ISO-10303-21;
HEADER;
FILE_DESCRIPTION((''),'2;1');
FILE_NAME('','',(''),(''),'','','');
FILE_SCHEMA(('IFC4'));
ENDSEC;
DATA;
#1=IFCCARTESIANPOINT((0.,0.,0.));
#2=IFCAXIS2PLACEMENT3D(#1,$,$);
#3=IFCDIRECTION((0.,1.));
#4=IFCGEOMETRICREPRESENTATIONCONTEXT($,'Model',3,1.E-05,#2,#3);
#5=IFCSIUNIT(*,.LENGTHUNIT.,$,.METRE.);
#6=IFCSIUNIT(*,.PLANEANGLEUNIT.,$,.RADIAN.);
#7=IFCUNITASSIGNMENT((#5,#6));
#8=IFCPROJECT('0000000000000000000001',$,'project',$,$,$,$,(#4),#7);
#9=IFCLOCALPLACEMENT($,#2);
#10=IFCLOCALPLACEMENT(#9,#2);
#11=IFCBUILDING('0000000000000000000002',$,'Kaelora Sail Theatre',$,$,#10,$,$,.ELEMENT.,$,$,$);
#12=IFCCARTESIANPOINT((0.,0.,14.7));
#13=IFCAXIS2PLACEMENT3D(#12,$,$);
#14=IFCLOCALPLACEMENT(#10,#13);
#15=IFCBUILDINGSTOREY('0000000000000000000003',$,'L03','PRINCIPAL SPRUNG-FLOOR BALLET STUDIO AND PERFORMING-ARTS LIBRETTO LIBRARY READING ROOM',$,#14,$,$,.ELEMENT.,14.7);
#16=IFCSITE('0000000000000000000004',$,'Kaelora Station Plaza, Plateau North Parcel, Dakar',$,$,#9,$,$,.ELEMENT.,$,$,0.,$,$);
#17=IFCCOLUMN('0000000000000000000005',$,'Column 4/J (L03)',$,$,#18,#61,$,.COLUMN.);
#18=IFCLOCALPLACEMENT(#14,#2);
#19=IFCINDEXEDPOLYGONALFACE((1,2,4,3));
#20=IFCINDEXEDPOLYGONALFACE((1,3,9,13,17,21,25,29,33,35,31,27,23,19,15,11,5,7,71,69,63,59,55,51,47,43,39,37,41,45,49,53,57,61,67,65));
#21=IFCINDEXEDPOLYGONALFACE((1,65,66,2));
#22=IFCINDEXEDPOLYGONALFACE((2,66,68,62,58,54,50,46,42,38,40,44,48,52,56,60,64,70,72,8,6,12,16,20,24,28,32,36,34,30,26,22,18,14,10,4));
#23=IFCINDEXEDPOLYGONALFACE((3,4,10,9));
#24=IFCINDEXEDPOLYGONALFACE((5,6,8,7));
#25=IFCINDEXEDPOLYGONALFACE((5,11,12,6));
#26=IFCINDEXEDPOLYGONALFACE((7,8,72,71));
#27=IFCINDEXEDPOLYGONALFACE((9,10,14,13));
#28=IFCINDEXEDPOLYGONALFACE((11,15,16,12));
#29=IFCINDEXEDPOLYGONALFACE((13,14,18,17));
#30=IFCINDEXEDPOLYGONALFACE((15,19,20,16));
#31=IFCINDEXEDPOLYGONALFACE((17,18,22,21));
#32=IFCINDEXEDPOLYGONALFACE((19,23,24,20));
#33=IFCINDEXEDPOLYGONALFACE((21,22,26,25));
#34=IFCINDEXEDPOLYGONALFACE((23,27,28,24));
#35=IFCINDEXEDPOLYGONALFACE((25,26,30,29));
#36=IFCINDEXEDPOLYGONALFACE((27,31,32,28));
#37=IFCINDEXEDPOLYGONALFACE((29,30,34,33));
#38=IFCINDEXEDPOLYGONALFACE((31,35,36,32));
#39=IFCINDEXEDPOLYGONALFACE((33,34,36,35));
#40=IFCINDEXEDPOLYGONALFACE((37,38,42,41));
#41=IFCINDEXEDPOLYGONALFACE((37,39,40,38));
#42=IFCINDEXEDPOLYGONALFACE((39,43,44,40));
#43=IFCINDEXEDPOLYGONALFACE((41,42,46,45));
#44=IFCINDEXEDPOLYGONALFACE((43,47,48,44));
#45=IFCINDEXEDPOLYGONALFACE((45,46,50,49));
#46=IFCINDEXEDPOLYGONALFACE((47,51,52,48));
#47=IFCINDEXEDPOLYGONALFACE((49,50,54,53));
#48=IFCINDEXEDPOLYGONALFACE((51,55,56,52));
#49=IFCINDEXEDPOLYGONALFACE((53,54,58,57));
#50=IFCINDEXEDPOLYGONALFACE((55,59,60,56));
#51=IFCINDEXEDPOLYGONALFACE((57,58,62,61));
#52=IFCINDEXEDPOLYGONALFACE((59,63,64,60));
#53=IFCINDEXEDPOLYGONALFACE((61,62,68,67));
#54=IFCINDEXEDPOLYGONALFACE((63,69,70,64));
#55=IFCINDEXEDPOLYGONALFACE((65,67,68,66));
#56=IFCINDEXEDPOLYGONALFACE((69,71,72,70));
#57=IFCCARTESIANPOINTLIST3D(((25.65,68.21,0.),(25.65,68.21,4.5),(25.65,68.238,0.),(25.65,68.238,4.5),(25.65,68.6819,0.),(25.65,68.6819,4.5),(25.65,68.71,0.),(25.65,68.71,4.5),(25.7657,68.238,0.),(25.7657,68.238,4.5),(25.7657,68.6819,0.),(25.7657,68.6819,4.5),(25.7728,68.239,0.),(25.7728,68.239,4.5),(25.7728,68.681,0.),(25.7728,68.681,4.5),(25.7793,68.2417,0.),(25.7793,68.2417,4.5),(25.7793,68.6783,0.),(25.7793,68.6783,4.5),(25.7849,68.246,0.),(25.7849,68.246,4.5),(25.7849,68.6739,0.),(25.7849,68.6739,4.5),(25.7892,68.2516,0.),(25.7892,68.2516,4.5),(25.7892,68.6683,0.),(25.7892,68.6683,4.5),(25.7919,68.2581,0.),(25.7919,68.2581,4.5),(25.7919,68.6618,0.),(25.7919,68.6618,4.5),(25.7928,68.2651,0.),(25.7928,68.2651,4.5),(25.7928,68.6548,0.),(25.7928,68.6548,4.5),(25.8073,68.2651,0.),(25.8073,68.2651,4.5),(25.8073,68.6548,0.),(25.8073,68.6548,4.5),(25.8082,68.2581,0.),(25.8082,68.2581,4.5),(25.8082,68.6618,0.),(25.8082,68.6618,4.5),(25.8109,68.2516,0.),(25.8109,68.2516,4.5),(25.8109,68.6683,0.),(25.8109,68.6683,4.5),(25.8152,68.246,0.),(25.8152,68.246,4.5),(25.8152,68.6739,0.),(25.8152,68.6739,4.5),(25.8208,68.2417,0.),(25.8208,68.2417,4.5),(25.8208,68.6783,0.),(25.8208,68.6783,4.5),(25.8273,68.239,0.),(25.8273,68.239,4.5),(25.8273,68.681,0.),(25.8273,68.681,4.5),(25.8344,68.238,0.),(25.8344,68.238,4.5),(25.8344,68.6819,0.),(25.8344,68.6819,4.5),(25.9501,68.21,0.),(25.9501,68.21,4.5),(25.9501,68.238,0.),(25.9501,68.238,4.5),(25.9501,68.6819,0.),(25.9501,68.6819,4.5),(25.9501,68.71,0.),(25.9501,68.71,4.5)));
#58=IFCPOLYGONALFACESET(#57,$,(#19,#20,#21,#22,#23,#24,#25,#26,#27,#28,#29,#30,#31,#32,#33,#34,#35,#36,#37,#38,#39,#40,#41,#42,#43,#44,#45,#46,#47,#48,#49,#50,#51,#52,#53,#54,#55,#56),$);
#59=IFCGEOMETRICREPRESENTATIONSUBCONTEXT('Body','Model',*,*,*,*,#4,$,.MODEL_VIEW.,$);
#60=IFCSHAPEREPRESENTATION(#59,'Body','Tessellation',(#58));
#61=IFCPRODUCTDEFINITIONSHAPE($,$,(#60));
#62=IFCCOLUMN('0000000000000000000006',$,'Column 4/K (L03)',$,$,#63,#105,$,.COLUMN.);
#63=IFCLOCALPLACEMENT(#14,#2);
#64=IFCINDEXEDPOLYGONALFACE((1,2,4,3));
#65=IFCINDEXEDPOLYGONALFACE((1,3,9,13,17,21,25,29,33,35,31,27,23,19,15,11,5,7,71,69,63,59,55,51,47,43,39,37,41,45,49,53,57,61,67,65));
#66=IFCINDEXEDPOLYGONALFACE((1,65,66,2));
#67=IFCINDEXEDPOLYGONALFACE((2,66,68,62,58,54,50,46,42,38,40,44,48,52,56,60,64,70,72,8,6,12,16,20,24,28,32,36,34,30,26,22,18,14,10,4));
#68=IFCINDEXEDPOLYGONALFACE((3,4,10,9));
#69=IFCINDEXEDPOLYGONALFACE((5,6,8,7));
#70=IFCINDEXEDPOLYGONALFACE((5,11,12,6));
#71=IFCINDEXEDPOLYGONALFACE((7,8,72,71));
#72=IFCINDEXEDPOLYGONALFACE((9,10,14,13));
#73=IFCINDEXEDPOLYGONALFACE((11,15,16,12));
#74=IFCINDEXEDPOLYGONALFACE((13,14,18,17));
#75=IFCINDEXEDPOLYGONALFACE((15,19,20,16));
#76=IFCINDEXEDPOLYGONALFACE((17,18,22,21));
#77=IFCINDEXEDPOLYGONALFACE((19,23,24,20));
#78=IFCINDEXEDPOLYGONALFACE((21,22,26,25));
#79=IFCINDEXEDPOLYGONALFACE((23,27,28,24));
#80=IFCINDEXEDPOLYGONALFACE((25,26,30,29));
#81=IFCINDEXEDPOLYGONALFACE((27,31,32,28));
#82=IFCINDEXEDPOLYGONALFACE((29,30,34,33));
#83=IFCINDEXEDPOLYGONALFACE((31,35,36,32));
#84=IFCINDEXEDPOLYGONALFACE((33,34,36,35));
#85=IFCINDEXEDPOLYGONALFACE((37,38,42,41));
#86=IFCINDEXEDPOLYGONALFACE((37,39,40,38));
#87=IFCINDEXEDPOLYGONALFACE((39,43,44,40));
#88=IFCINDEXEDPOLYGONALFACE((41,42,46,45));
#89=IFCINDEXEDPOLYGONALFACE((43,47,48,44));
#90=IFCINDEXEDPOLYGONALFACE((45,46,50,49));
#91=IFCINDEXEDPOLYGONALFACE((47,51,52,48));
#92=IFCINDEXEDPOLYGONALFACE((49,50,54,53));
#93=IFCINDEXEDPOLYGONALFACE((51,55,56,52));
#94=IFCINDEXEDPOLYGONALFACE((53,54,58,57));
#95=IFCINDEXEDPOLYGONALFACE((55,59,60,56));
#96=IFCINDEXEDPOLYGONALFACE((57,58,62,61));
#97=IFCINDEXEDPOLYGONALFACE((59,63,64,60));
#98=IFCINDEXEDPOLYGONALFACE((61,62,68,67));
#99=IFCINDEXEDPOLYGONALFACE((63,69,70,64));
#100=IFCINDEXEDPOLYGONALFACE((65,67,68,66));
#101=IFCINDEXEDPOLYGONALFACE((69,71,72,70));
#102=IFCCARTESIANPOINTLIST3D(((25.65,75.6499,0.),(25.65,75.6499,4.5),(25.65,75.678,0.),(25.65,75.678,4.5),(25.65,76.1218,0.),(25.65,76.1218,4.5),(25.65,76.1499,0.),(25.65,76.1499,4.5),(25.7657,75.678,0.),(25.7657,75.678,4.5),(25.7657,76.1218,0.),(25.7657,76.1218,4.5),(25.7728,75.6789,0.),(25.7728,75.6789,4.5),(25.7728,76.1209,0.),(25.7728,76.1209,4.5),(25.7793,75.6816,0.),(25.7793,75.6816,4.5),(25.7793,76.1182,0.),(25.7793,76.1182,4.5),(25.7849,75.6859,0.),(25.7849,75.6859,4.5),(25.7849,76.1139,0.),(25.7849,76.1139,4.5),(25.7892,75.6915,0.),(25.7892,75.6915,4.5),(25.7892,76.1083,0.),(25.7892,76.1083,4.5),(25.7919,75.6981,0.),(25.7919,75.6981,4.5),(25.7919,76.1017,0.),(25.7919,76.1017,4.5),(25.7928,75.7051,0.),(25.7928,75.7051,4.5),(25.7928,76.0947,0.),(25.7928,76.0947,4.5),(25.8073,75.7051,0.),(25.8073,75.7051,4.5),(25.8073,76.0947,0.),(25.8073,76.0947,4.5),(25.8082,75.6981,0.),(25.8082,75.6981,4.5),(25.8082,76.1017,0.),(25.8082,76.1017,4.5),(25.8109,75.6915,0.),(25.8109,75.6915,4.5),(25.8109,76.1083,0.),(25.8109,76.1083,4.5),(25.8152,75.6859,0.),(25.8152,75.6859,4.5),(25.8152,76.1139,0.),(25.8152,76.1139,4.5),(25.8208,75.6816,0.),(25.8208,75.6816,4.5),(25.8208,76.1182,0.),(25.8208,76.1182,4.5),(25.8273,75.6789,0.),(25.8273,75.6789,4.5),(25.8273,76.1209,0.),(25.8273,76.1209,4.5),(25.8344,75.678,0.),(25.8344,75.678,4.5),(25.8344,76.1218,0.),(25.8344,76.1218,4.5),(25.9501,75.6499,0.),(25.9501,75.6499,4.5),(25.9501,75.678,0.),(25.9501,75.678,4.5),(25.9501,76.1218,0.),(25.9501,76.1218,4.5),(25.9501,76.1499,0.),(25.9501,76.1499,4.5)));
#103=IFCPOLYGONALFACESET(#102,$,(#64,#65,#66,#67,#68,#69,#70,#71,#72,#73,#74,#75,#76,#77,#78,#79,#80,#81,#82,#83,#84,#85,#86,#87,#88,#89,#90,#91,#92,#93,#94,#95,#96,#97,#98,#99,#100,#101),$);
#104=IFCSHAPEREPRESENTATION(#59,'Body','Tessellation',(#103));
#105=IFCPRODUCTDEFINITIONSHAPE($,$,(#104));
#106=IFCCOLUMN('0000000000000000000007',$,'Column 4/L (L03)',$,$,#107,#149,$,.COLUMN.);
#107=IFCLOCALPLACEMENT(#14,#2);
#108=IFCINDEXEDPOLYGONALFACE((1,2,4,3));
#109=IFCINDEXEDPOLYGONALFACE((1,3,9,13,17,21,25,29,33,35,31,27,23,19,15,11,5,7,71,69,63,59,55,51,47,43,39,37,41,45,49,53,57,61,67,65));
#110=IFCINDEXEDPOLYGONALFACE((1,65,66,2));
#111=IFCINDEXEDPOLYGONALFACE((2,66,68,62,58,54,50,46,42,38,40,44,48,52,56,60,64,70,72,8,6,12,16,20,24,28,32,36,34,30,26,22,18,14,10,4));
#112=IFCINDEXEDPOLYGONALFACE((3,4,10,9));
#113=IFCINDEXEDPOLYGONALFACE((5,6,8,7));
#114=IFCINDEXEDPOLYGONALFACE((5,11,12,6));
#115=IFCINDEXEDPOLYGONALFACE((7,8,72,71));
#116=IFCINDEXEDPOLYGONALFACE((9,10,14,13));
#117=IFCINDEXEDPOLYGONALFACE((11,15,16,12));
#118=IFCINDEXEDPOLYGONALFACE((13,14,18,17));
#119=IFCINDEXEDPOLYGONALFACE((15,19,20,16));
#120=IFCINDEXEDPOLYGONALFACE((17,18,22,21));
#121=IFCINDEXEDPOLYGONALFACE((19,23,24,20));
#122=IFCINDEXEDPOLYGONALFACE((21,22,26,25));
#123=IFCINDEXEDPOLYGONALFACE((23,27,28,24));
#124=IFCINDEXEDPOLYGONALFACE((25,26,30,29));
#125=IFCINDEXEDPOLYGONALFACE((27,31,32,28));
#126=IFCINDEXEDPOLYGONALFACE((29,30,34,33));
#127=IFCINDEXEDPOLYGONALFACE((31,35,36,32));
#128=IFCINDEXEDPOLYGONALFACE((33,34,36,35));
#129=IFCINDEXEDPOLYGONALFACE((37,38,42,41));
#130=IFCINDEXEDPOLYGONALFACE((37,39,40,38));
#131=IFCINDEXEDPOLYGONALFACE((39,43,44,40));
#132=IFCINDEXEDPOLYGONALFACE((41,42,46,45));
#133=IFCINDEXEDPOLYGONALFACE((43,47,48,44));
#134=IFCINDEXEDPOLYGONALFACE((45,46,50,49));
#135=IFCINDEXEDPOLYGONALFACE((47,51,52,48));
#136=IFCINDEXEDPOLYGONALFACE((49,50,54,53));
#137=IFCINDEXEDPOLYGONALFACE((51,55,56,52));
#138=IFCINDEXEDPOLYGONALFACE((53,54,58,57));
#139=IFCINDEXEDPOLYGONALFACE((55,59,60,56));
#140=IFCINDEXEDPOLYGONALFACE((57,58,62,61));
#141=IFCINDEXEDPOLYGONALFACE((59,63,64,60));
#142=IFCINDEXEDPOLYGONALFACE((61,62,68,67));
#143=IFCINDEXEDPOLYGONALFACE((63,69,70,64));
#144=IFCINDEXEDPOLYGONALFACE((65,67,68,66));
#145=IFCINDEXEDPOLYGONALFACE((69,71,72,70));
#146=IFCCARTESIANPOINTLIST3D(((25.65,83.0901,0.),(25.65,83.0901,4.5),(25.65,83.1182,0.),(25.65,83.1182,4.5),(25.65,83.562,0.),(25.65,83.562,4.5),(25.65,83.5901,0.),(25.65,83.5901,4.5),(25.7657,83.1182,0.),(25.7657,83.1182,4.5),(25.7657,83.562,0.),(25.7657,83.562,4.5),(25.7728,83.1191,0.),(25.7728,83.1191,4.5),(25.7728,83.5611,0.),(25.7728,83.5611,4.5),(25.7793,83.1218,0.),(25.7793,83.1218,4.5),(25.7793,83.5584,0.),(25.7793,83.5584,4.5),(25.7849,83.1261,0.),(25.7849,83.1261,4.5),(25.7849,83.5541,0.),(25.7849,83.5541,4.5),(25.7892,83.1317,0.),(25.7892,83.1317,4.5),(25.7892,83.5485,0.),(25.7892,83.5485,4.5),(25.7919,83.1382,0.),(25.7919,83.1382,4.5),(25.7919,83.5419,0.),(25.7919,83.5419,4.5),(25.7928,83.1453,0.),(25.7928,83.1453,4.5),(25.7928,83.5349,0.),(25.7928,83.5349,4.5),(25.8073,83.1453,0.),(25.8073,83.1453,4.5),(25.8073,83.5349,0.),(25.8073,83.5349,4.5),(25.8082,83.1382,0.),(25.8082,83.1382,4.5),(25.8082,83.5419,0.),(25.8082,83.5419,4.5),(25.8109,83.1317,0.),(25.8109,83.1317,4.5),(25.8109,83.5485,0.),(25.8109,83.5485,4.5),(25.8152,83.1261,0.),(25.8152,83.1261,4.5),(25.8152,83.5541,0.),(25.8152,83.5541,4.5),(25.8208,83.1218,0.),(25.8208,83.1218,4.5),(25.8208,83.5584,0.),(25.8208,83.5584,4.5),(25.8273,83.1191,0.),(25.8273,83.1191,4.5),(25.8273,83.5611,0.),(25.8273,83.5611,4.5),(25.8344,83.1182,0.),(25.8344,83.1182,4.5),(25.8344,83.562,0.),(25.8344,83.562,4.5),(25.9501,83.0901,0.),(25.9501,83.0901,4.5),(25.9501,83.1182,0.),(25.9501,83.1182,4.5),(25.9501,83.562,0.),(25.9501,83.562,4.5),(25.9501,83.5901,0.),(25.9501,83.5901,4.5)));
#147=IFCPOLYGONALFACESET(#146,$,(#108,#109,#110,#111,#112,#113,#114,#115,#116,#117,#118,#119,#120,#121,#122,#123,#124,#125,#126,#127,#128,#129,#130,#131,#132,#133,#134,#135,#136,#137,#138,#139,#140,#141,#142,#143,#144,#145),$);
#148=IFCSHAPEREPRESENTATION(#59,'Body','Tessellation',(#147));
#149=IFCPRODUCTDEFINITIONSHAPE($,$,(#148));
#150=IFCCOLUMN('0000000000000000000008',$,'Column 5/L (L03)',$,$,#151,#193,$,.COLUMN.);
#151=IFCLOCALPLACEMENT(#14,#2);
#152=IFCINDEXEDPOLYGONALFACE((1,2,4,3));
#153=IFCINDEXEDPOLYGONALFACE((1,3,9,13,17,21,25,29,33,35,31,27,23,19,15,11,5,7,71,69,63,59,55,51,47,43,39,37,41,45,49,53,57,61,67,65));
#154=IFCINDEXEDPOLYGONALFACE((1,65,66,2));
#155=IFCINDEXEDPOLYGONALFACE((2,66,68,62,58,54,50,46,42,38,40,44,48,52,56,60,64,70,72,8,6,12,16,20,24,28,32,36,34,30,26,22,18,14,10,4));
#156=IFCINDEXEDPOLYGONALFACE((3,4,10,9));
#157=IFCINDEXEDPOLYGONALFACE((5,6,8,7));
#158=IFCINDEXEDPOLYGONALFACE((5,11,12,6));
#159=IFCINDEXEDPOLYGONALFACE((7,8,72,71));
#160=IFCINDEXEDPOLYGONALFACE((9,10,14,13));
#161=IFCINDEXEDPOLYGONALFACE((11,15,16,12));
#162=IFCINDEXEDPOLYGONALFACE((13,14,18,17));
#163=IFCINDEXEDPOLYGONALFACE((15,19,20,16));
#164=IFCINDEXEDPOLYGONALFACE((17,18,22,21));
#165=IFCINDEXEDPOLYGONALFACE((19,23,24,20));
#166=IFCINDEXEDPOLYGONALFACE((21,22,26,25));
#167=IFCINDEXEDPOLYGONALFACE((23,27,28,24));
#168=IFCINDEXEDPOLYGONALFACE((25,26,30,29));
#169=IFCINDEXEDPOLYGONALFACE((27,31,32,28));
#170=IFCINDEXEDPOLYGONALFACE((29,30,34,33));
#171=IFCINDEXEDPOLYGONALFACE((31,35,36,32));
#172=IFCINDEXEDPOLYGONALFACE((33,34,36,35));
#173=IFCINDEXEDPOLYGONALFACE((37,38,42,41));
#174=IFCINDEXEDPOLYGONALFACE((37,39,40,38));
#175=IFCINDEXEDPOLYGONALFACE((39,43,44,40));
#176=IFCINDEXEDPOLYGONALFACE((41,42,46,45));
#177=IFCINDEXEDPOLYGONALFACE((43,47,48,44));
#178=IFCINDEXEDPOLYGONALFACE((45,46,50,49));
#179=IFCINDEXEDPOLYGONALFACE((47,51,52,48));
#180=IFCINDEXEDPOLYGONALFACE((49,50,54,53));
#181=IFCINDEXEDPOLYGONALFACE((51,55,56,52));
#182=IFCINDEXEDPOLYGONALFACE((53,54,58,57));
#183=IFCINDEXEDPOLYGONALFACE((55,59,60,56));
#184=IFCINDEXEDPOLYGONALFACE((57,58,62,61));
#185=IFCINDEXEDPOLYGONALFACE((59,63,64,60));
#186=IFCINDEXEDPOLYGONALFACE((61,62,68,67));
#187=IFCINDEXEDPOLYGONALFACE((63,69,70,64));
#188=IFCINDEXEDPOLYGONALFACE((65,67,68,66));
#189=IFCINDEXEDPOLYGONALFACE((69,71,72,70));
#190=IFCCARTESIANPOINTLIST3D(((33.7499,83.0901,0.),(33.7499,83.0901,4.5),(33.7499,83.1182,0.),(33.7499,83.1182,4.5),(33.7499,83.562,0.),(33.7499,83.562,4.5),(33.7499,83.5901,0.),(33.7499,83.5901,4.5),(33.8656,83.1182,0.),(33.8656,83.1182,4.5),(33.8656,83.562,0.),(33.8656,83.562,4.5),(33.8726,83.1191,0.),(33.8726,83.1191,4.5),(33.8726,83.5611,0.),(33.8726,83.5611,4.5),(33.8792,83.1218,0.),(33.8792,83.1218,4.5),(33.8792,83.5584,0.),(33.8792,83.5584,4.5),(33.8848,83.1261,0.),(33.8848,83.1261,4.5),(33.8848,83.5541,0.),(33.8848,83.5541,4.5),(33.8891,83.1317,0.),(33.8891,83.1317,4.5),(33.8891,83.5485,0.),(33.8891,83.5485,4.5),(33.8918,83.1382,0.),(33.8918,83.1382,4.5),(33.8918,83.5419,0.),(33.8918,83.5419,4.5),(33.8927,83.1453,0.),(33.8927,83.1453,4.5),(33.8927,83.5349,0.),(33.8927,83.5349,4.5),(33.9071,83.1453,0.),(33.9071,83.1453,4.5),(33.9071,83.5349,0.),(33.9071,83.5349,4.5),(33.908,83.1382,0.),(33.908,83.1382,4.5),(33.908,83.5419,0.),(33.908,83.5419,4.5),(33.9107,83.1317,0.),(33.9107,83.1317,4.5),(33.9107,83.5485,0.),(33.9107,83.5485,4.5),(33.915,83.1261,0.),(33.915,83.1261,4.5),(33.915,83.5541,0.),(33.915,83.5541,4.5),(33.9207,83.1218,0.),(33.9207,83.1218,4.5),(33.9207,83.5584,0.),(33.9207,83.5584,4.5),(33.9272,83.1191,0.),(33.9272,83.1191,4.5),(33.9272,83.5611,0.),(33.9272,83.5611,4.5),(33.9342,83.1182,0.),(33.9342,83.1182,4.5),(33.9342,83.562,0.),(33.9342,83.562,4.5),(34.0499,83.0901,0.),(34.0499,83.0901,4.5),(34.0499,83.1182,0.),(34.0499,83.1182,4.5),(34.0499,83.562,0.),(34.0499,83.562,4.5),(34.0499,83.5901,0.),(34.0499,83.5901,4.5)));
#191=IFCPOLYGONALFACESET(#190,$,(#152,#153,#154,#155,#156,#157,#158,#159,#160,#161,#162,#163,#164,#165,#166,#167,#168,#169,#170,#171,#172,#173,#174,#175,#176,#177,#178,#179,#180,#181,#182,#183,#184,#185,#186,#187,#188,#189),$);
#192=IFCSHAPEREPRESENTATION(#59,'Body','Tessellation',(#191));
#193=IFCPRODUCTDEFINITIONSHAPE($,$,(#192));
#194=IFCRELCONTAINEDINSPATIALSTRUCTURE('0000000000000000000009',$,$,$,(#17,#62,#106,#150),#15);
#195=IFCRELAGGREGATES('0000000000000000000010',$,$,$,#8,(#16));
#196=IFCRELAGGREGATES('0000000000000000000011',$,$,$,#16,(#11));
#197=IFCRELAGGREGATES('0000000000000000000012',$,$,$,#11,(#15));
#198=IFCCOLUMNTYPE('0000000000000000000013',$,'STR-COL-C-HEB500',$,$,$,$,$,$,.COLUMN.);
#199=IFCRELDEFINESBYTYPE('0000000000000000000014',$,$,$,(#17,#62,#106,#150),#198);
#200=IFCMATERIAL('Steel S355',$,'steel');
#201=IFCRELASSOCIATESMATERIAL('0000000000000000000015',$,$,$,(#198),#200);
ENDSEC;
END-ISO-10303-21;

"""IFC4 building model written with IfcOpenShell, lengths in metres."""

from ifc_helpers import new_model, si_unit, direction, frame, origin, origin_2d, place, context, subcontext, project, spatial, i_section, extrude, material, material_profile, profile_set, type_object, element, save


model = new_model("IFC4")

# Units and contexts
model_context = context("Model", 3, precision=1e-05, world=origin(), true_north=direction((0.0, 1.0)))
body_context = subcontext(model_context, "Body", "Model", "MODEL_VIEW")
ifc_project = project(units=[si_unit("LENGTHUNIT", "METRE"), si_unit("PLANEANGLEUNIT", "RADIAN")], contexts=[model_context])

# Site, building, storey
site_placement = place(None, origin())
site = spatial("IfcSite", under=ifc_project, at=site_placement, Name="Kaelora Station Plaza, Plateau North Parcel, Dakar", CompositionType="ELEMENT", RefElevation=0.0)
building_placement = place(site_placement, origin())
building = spatial("IfcBuilding", under=site, at=building_placement, Name="Kaelora Sail Theatre", CompositionType="ELEMENT")
storey_placement = place(building_placement, frame((0.0, 0.0, 14.7)))
storey = spatial("IfcBuildingStorey", under=building, at=storey_placement, Name="L03", Description="PRINCIPAL SPRUNG-FLOOR BALLET STUDIO AND PERFORMING-ARTS LIBRETTO LIBRARY READING ROOM", CompositionType="ELEMENT", Elevation=14.7)

# Columns
ifc_material_1 = material(Name="Steel S355", Category="steel")
ifc_material_profile_1 = material_profile(ifc_material_1, i_section(OverallWidth=0.3, OverallDepth=0.5, WebThickness=0.0144, FlangeThickness=0.0281, FilletRadius=0.0271, at=origin_2d()), Name="HEB 500")
ifc_profile_set_1 = profile_set([ifc_material_profile_1], Name="Steel S355")
column_type = type_object("IfcColumnType", Name="STR-COL-C-HEB500", PredefinedType="COLUMN", material=ifc_profile_set_1)
for number, where, z_axis, x_axis, name in (
    (1, (25.8, 68.46, 0.0), (0.0, 0.0, 1.0), (1.0, 0.0, 0.0), "Column 4/J (L03)"),
    (2, (25.8, 75.8999, 0.0), (0.0, 0.0, 1.0), (1.0, 0.0, 0.0), "Column 4/K (L03)"),
    (3, (25.8, 83.3401, 0.0), (0.0, 0.0, 1.0), (1.0, 0.0, 0.0), "Column 4/L (L03)"),
    (4, (33.8999, 83.3401, 0.0), (0.0, 0.0, 1.0), (1.0, 0.0, 0.0), "Column 5/L (L03)"),
):
    element("IfcColumn", number, at=place(storey_placement, frame(where, z_axis=z_axis, x_axis=x_axis)), inside=storey, type_object=column_type, Name=name, PredefinedType="COLUMN", context=body_context, shape_type="SweptSolid", body=[
        extrude(i_section(OverallWidth=0.3, OverallDepth=0.5, WebThickness=0.0144, FlangeThickness=0.0281, FilletRadius=0.0271, at=origin_2d()), origin(), (0.0, 0.0, 1.0), 4.5),
    ])

save(model, "model.ifc")
